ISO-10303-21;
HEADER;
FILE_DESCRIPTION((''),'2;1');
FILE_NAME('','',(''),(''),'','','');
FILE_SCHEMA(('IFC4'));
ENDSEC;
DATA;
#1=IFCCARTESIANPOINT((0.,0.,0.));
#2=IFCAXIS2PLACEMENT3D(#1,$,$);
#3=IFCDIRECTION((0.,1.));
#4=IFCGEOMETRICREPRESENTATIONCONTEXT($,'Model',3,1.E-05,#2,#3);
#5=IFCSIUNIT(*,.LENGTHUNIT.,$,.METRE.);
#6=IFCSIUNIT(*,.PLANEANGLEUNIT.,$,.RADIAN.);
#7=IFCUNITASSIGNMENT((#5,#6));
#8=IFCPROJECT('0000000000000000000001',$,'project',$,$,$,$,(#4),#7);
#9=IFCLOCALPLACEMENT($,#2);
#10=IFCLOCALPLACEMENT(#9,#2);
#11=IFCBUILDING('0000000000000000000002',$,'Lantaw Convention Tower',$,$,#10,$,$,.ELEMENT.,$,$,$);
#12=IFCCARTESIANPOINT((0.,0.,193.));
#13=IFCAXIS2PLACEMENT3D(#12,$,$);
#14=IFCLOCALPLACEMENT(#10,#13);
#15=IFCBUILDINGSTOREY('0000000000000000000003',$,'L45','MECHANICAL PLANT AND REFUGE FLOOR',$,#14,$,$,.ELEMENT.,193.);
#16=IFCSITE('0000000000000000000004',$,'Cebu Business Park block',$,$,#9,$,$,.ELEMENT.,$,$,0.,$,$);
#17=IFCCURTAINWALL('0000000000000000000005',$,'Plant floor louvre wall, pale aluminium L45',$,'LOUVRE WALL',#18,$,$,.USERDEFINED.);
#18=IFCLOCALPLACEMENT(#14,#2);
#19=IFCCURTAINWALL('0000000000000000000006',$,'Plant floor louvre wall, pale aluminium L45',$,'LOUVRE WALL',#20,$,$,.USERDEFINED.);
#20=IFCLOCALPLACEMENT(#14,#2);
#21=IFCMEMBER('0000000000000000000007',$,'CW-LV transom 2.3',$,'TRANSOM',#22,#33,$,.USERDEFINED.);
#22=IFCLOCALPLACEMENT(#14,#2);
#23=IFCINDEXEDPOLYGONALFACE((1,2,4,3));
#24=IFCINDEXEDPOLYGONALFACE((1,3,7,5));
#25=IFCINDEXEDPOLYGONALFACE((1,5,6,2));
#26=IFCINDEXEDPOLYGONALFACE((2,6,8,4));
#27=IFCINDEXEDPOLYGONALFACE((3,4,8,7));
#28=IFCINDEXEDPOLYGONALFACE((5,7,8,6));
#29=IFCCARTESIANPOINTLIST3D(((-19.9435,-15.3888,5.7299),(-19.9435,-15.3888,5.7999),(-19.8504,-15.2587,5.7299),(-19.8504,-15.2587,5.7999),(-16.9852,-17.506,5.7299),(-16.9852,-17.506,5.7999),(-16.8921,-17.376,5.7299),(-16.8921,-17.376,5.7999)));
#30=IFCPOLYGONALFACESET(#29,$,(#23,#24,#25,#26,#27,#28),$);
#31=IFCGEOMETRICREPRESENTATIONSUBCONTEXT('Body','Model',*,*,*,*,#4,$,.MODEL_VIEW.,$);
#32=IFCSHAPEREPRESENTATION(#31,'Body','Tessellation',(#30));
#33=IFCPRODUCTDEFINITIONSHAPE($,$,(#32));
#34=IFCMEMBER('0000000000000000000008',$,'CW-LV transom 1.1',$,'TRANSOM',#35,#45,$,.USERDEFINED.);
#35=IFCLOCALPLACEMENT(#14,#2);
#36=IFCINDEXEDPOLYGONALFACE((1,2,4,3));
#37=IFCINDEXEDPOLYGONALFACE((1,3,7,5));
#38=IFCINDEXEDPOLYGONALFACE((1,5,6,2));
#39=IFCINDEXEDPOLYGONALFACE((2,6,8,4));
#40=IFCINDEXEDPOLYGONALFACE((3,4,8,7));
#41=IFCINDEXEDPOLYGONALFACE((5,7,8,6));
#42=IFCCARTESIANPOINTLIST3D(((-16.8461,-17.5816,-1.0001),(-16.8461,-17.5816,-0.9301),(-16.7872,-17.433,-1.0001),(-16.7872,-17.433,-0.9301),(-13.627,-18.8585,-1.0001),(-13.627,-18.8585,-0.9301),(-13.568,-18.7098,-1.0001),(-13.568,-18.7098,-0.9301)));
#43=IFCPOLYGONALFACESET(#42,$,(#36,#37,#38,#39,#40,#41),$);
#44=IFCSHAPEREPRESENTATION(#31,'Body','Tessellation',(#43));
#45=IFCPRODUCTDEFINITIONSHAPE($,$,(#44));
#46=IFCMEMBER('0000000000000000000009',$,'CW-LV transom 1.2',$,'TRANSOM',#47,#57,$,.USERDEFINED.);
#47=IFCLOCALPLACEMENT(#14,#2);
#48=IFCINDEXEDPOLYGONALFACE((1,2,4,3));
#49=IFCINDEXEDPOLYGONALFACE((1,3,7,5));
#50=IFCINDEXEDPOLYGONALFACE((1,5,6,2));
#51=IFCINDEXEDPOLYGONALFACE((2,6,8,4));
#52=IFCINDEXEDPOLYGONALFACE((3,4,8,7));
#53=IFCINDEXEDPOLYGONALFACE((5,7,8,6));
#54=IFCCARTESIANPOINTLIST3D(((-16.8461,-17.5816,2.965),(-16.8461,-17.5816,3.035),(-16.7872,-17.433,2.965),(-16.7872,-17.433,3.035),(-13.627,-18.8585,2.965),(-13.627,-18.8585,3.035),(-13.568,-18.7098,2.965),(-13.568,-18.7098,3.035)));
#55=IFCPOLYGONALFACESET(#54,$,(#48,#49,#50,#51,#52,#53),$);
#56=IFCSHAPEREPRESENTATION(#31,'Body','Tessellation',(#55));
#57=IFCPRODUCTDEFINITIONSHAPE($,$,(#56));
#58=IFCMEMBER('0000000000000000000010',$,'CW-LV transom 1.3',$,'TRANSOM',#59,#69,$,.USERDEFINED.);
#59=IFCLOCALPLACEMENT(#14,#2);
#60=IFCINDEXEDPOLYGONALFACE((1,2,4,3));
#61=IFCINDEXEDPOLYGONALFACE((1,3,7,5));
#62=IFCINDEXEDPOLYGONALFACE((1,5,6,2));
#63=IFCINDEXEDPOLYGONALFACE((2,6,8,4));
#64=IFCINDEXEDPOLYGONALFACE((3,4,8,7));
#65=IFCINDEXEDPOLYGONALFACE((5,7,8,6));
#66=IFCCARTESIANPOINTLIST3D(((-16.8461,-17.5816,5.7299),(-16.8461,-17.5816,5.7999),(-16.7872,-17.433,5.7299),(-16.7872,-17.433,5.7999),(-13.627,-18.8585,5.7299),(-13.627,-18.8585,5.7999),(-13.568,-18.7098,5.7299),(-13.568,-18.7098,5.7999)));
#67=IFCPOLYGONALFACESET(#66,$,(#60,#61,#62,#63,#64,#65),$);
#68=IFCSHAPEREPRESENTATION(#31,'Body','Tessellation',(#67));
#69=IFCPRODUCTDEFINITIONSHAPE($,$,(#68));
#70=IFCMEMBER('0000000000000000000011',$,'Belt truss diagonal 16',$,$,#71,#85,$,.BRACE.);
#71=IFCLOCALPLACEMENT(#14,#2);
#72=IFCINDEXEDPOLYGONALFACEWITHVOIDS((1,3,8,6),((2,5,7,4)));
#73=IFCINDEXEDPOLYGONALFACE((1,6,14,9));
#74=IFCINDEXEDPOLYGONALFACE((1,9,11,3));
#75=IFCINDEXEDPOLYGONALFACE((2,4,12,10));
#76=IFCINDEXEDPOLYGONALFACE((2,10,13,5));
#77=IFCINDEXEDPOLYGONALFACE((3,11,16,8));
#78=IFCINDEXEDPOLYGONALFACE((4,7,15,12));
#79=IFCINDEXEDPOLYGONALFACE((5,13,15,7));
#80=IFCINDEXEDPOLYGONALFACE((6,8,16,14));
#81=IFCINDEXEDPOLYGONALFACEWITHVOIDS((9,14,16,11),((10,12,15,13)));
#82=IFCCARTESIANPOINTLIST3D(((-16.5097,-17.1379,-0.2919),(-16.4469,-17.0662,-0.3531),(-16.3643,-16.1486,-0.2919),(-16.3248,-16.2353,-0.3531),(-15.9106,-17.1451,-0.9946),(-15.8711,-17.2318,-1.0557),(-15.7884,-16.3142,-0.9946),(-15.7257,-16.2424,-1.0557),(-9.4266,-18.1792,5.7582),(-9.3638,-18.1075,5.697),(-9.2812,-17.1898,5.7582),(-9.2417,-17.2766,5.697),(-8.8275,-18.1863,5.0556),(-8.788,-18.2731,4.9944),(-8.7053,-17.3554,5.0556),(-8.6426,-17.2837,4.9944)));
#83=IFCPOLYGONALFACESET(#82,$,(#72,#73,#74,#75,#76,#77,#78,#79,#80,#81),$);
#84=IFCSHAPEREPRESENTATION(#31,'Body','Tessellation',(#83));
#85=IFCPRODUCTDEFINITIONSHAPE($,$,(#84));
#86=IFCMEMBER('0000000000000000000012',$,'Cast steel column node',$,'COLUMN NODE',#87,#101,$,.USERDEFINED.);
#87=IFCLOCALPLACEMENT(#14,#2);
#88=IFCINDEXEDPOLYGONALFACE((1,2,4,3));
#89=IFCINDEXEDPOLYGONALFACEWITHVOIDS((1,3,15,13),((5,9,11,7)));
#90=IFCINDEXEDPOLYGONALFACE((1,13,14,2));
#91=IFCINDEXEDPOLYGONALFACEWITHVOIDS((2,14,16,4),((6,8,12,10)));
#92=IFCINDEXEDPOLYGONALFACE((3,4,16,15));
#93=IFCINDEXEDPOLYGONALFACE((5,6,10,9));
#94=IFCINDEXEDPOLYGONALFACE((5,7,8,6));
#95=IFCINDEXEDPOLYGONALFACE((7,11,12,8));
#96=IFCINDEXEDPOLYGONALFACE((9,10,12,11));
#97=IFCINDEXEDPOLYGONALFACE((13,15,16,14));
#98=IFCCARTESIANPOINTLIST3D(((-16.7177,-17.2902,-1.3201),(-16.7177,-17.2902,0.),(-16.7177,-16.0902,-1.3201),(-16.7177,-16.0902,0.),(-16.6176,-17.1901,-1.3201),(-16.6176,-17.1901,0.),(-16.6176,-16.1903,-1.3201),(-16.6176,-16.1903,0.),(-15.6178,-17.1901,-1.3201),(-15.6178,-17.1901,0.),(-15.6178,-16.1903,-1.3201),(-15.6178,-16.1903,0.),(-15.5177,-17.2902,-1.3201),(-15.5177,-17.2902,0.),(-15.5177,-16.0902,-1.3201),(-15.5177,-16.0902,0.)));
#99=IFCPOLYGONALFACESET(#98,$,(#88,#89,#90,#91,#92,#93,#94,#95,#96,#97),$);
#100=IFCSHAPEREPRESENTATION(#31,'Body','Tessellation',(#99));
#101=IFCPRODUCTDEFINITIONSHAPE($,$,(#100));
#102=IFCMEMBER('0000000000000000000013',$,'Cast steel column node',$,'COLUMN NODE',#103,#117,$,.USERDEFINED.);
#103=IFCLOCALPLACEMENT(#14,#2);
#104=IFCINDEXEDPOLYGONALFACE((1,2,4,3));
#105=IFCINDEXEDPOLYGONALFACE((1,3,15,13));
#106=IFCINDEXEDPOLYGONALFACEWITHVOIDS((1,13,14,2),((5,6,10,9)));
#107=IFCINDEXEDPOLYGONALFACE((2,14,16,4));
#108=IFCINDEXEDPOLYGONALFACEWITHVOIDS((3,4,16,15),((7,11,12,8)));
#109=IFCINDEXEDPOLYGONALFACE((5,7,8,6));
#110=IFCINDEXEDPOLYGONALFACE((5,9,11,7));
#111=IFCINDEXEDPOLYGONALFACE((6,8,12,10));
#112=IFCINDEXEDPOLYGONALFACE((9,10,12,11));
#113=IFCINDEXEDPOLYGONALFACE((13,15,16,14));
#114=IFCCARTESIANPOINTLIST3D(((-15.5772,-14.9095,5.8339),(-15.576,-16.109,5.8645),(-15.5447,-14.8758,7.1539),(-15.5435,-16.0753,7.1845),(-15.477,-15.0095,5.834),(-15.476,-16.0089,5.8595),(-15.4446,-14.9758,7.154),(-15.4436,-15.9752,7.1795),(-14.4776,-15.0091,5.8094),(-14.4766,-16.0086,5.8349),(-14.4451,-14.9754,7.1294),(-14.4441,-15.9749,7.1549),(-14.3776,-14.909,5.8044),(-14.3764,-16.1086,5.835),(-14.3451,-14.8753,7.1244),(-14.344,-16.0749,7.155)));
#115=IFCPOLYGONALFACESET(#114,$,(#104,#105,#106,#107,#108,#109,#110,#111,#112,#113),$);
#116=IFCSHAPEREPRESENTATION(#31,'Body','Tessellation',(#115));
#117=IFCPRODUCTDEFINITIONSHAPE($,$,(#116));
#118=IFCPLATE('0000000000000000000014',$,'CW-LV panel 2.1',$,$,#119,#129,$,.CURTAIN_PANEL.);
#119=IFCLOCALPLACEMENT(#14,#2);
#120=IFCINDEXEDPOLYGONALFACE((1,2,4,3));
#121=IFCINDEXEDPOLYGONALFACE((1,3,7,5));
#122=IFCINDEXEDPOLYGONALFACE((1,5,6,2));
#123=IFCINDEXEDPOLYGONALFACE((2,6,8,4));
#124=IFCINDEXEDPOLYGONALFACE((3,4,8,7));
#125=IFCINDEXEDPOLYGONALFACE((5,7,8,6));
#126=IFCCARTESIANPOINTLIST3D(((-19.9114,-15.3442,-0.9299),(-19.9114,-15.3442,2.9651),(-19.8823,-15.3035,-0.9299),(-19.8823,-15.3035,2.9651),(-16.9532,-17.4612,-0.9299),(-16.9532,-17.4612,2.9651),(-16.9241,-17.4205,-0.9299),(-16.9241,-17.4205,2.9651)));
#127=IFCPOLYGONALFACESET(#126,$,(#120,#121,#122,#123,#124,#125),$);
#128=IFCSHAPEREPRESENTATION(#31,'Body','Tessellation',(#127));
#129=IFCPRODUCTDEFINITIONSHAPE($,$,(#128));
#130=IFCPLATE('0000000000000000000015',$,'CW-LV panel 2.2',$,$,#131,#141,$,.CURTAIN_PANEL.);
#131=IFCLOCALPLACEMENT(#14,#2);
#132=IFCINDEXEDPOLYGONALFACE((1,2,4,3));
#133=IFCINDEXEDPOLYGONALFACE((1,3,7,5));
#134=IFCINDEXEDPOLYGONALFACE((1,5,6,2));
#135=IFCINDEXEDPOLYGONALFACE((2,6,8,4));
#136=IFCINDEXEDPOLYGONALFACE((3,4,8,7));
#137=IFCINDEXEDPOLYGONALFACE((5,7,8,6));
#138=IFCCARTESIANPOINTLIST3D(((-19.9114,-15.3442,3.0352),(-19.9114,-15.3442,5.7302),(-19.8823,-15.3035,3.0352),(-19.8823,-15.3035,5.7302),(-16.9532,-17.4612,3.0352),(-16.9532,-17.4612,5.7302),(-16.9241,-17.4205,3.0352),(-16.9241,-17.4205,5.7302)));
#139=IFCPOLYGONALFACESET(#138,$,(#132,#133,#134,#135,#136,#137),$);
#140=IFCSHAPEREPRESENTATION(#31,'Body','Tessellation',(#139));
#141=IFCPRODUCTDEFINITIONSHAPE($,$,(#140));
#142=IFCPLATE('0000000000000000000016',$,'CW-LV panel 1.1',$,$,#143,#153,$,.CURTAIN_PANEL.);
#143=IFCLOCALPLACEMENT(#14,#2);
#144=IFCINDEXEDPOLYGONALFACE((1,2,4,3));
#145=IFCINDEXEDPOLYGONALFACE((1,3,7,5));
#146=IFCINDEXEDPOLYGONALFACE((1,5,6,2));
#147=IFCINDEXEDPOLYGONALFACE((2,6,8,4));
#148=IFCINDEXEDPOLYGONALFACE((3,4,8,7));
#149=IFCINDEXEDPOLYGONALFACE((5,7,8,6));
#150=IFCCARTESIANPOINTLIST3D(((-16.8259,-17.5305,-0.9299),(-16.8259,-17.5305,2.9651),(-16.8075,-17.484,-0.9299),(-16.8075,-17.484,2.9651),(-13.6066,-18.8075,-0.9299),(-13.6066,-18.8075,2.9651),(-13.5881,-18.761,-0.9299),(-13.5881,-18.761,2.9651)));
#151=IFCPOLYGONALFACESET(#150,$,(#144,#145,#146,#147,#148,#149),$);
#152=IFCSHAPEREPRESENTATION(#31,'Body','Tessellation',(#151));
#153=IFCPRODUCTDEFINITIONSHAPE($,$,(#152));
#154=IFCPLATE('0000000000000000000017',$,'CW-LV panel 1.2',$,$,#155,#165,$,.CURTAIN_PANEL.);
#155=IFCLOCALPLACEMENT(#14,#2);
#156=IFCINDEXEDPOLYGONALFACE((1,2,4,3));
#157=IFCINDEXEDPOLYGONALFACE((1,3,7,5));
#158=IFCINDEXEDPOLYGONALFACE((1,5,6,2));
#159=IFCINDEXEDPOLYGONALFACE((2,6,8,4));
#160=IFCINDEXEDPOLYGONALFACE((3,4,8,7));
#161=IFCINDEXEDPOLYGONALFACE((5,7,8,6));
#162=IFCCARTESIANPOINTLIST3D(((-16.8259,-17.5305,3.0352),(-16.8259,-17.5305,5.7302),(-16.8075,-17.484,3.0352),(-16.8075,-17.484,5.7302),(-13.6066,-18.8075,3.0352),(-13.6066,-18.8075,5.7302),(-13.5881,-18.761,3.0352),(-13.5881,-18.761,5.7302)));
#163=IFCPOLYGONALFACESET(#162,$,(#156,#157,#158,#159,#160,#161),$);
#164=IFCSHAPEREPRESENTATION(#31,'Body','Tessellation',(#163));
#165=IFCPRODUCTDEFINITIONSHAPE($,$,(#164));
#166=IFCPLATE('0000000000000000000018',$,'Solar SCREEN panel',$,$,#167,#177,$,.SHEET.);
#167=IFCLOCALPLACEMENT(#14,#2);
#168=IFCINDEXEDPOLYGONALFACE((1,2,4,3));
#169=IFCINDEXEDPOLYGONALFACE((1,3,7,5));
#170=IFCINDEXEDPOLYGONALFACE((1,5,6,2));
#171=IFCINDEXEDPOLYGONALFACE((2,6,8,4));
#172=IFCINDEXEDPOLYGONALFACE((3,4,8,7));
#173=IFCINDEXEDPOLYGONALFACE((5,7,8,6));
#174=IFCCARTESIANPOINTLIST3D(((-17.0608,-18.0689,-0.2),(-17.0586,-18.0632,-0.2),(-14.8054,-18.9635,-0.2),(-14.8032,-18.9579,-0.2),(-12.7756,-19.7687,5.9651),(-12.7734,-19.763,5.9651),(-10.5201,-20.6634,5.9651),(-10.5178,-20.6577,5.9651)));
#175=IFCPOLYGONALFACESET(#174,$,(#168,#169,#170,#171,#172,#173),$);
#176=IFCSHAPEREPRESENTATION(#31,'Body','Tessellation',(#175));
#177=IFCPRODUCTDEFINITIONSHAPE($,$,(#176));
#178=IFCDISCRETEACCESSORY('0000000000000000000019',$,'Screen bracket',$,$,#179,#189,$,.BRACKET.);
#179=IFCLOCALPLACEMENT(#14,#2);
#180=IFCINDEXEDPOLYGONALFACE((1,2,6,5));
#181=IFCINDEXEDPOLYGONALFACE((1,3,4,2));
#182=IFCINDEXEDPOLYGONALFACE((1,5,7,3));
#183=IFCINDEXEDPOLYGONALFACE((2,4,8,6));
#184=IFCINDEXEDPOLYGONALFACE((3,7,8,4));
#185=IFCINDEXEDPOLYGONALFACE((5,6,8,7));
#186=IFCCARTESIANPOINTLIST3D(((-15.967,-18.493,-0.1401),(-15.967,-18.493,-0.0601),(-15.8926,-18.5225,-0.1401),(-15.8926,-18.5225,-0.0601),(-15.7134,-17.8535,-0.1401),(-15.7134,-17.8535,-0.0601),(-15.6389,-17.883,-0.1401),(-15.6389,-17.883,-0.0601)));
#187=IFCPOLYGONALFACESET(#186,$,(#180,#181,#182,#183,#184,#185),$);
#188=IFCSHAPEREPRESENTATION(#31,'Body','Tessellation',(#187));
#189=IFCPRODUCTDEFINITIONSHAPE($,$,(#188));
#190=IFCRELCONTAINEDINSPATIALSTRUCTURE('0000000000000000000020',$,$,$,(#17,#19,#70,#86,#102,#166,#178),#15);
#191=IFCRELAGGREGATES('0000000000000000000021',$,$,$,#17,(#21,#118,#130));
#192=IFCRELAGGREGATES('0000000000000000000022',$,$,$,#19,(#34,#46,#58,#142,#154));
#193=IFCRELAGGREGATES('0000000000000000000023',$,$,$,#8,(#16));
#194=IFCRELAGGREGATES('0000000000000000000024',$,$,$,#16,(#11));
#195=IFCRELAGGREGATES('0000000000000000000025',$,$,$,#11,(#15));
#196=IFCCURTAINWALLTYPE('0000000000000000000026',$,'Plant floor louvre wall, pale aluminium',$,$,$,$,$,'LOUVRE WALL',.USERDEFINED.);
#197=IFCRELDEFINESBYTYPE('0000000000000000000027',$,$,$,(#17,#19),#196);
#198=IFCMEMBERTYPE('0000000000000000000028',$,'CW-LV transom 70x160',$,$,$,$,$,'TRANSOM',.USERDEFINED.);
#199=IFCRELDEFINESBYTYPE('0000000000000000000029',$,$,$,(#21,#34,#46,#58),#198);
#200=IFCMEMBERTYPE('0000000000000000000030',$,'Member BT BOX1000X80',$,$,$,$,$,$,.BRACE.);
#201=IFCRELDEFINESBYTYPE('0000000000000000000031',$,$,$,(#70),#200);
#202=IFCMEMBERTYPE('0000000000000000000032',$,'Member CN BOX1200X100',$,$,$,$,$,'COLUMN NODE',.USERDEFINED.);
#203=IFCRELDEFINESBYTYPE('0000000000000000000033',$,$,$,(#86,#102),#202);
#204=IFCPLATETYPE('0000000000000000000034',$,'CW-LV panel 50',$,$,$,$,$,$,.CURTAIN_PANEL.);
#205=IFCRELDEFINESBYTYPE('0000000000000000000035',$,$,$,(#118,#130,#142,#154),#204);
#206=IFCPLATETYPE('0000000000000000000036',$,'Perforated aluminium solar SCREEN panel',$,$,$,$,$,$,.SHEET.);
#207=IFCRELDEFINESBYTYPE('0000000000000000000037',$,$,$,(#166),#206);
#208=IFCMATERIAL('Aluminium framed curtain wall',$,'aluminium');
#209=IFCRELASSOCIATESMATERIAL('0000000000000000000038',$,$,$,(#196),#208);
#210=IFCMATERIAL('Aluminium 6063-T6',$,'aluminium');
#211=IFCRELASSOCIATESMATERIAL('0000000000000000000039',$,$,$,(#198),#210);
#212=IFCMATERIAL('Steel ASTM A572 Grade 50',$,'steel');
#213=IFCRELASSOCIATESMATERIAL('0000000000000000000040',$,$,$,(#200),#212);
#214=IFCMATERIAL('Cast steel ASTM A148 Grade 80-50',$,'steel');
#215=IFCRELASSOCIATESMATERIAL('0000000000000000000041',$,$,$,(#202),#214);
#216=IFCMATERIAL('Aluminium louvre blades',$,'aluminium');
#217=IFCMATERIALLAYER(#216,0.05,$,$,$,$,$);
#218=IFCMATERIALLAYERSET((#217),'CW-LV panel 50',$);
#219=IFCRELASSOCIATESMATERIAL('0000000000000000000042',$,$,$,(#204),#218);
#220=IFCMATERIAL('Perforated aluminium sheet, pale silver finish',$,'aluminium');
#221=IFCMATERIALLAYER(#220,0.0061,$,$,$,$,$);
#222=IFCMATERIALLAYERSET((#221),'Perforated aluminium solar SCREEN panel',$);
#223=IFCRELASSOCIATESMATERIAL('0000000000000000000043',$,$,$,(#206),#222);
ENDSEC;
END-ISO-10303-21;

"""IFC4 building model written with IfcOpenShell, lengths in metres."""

from ifc_helpers import new_model, si_unit, direction, frame, origin, origin_2d, place, context, subcontext, project, spatial, polyline, rectangle, hollow_rectangle, outline, extrude, material, layer, layer_set, material_profile, profile_set, type_object, element, aggregate, save


model = new_model("IFC4")

# Units and contexts
model_context = context("Model", 3, precision=1e-05, world=origin(), true_north=direction((0.0, 1.0)))
body_context = subcontext(model_context, "Body", "Model", "MODEL_VIEW")
ifc_project = project(units=[si_unit("LENGTHUNIT", "METRE"), si_unit("PLANEANGLEUNIT", "RADIAN")], contexts=[model_context])

# Site, building, storey
site_placement = place(None, origin())
site = spatial("IfcSite", under=ifc_project, at=site_placement, Name="Cebu Business Park block", CompositionType="ELEMENT", RefElevation=0.0)
building_placement = place(site_placement, origin())
building = spatial("IfcBuilding", under=site, at=building_placement, Name="Lantaw Convention Tower", CompositionType="ELEMENT")
storey_placement = place(building_placement, frame((0.0, 0.0, 193.0)))
storey = spatial("IfcBuildingStorey", under=building, at=storey_placement, Name="L45", Description="MECHANICAL PLANT AND REFUGE FLOOR", CompositionType="ELEMENT", Elevation=193.0)

# Curtain wall
ifc_material_1 = material(Name="Aluminium framed curtain wall", Category="aluminium")
curtain_wall_type = type_object("IfcCurtainWallType", Name="Plant floor louvre wall, pale aluminium", ElementType="LOUVRE WALL", PredefinedType="USERDEFINED", material=ifc_material_1)
curtain_wall_1_placement = place(storey_placement, origin())
curtain_wall_1 = element("IfcCurtainWall", 1, at=curtain_wall_1_placement, inside=storey, type_object=curtain_wall_type, Name="Plant floor louvre wall, pale aluminium L45", ObjectType="LOUVRE WALL", PredefinedType="USERDEFINED")
ifc_material_2 = material(Name="Aluminium 6063-T6", Category="aluminium")

# Curtain wall
curtain_wall_2_placement = place(storey_placement, origin())
curtain_wall_2 = element("IfcCurtainWall", 2, at=curtain_wall_2_placement, inside=storey, type_object=curtain_wall_type, Name="Plant floor louvre wall, pale aluminium L45", ObjectType="LOUVRE WALL", PredefinedType="USERDEFINED")

# Members
ifc_material_profile_1 = material_profile(ifc_material_2, rectangle(XDim=0.1599, YDim=0.0701, at=origin_2d()), Name="CW-LV transom 70x160")
ifc_profile_set_1 = profile_set([ifc_material_profile_1], Name="Aluminium 6063-T6")
member_type_1 = type_object("IfcMemberType", Name="CW-LV transom 70x160", ElementType="TRANSOM", PredefinedType="USERDEFINED", material=ifc_profile_set_1)
member_1_placement = place(storey_placement, frame((-19.897, -15.3237, 5.7649), z_axis=(0.813194, -0.581993, 0.0), x_axis=(0.581993, 0.813194, 0.0)))
member_1 = element("IfcMember", 3, at=member_1_placement, type_object=member_type_1, Name="CW-LV transom 2.3", ObjectType="TRANSOM", PredefinedType="USERDEFINED", context=body_context, shape_type="SweptSolid", body=[
    extrude(rectangle(XDim=0.1599, YDim=0.0701, at=origin_2d()), origin(), (0.0, 0.0, 1.0), 3.6379),
])
member_2_placement = place(storey_placement, frame((-16.8167, -17.5073, -0.9651), z_axis=(0.929552, -0.368691, 0.0), x_axis=(0.368691, 0.929552, 0.0)))
member_2 = element("IfcMember", 4, at=member_2_placement, type_object=member_type_1, Name="CW-LV transom 1.1", ObjectType="TRANSOM", PredefinedType="USERDEFINED", context=body_context, shape_type="SweptSolid", body=[
    extrude(rectangle(XDim=0.1599, YDim=0.0701, at=origin_2d()), origin(), (0.0, 0.0, 1.0), 3.4631),
])
member_3_placement = place(storey_placement, frame((-16.8167, -17.5073, 3.0), z_axis=(0.929552, -0.368691, 0.0), x_axis=(0.368691, 0.929552, 0.0)))
member_3 = element("IfcMember", 5, at=member_3_placement, type_object=member_type_1, Name="CW-LV transom 1.2", ObjectType="TRANSOM", PredefinedType="USERDEFINED", context=body_context, shape_type="SweptSolid", body=[
    extrude(rectangle(XDim=0.1599, YDim=0.0701, at=origin_2d()), origin(), (0.0, 0.0, 1.0), 3.4631),
])
member_4_placement = place(storey_placement, frame((-16.8167, -17.5073, 5.7649), z_axis=(0.929552, -0.368691, 0.0), x_axis=(0.368691, 0.929552, 0.0)))
member_4 = element("IfcMember", 6, at=member_4_placement, type_object=member_type_1, Name="CW-LV transom 1.3", ObjectType="TRANSOM", PredefinedType="USERDEFINED", context=body_context, shape_type="SweptSolid", body=[
    extrude(rectangle(XDim=0.1599, YDim=0.0701, at=origin_2d()), origin(), (0.0, 0.0, 1.0), 3.4631),
])

# Members
ifc_material_3 = material(Name="Steel ASTM A572 Grade 50", Category="steel")
ifc_material_profile_2 = material_profile(ifc_material_3, hollow_rectangle(XDim=1.0, YDim=1.0, WallThickness=0.0801, at=origin_2d()), Name="BOX1000X80")
ifc_profile_set_2 = profile_set([ifc_material_profile_2], Name="Steel ASTM A572 Grade 50")
member_type_2 = type_object("IfcMemberType", Name="Member BT BOX1000X80", PredefinedType="BRACE", material=ifc_profile_set_2)
member_5_placement = place(storey_placement, frame((-16.1177, -16.6902, -0.6738), z_axis=(0.755668, -0.111089, 0.645465), x_axis=(0.145445, 0.989366, 0.0)))
element("IfcMember", 7, at=member_5_placement, inside=storey, type_object=member_type_2, Name="Belt truss diagonal 16", PredefinedType="BRACE", context=body_context, shape_type="SweptSolid", body=[
    extrude(hollow_rectangle(XDim=1.0, YDim=1.0, WallThickness=0.0801, at=origin_2d()), origin(), (0.0, 0.0, 1.0), 9.3733),
])
ifc_material_4 = material(Name="Cast steel ASTM A148 Grade 80-50", Category="steel")
ifc_material_profile_3 = material_profile(ifc_material_4, hollow_rectangle(XDim=1.2, YDim=1.2, WallThickness=0.1001, at=origin_2d()), Name="BOX1200X100")
ifc_profile_set_3 = profile_set([ifc_material_profile_3], Name="Cast steel ASTM A148 Grade 80-50")
member_type_3 = type_object("IfcMemberType", Name="Member CN BOX1200X100", ElementType="COLUMN NODE", PredefinedType="USERDEFINED", material=ifc_profile_set_3)
member_6_placement = place(storey_placement, frame((-16.1177, -16.6902, -1.3201), z_axis=(0.0, 0.0, 1.0), x_axis=(1.0, 0.0, 0.0)))
element("IfcMember", 8, at=member_6_placement, inside=storey, type_object=member_type_3, Name="Cast steel column node", ObjectType="COLUMN NODE", PredefinedType="USERDEFINED", context=body_context, shape_type="SweptSolid", body=[
    extrude(hollow_rectangle(XDim=1.2, YDim=1.2, WallThickness=0.1001, at=origin_2d()), origin(), (0.0, 0.0, 1.0), 1.3201),
])
member_7_placement = place(storey_placement, frame((-14.9768, -15.509, 5.8345), z_axis=(0.024582, 0.025506, 0.999372), x_axis=(0.999697, 0.000359, -0.024599)))
element("IfcMember", 9, at=member_7_placement, inside=storey, type_object=member_type_3, Name="Cast steel column node", ObjectType="COLUMN NODE", PredefinedType="USERDEFINED", context=body_context, shape_type="SweptSolid", body=[
    extrude(hollow_rectangle(XDim=1.2, YDim=1.2, WallThickness=0.1001, at=origin_2d()), origin(), (0.0, 0.0, 1.0), 1.3208),
])

# Plates
ifc_material_5 = material(Name="Aluminium louvre blades", Category="aluminium")
ifc_layer_1 = layer(ifc_material_5, 0.05)
ifc_layer_set_1 = layer_set([ifc_layer_1], Name="CW-LV panel 50")
plate_type_1 = type_object("IfcPlateType", Name="CW-LV panel 50", PredefinedType="CURTAIN_PANEL", material=ifc_layer_set_1)
plate_1_placement = place(storey_placement, frame((-18.4177, -16.3823, -0.9299), z_axis=(0.0, 0.0, 1.0), x_axis=(0.813208, -0.581973, 0.0)))
plate_1 = element("IfcPlate", 10, at=plate_1_placement, type_object=plate_type_1, Name="CW-LV panel 2.1", PredefinedType="CURTAIN_PANEL", context=body_context, shape_type="SweptSolid", body=[
    extrude(rectangle(XDim=3.6377, YDim=0.05, at=origin_2d()), origin(), (0.0, 0.0, 1.0), 3.895),
])
plate_2_placement = place(storey_placement, frame((-18.4177, -16.3823, 3.0352), z_axis=(0.0, 0.0, 1.0), x_axis=(0.813208, -0.581973, 0.0)))
plate_2 = element("IfcPlate", 11, at=plate_2_placement, type_object=plate_type_1, Name="CW-LV panel 2.2", PredefinedType="CURTAIN_PANEL", context=body_context, shape_type="SweptSolid", body=[
    extrude(rectangle(XDim=3.6377, YDim=0.05, at=origin_2d()), origin(), (0.0, 0.0, 1.0), 2.6951),
])
aggregate(curtain_wall_1, [member_1, plate_1, plate_2])
plate_3_placement = place(storey_placement, frame((-15.207, -18.1458, -0.9299), z_axis=(0.0, 0.0, 1.0), x_axis=(0.929548, -0.368702, 0.0)))
plate_3 = element("IfcPlate", 12, at=plate_3_placement, type_object=plate_type_1, Name="CW-LV panel 1.1", PredefinedType="CURTAIN_PANEL", context=body_context, shape_type="SweptSolid", body=[
    extrude(rectangle(XDim=3.4634, YDim=0.05, at=origin_2d()), origin(), (0.0, 0.0, 1.0), 3.895),
])
plate_4_placement = place(storey_placement, frame((-15.207, -18.1458, 3.0352), z_axis=(0.0, 0.0, 1.0), x_axis=(0.929548, -0.368702, 0.0)))
plate_4 = element("IfcPlate", 13, at=plate_4_placement, type_object=plate_type_1, Name="CW-LV panel 1.2", PredefinedType="CURTAIN_PANEL", context=body_context, shape_type="SweptSolid", body=[
    extrude(rectangle(XDim=3.4634, YDim=0.05, at=origin_2d()), origin(), (0.0, 0.0, 1.0), 2.6951),
])
aggregate(curtain_wall_2, [member_2, member_3, member_4, plate_3, plate_4])
ifc_material_6 = material(Name="Perforated aluminium sheet, pale silver finish", Category="aluminium")
ifc_layer_2 = layer(ifc_material_6, 0.0061)
ifc_layer_set_2 = layer_set([ifc_layer_2], Name="Perforated aluminium solar SCREEN panel")
plate_type_2 = type_object("IfcPlateType", Name="Perforated aluminium solar SCREEN panel", PredefinedType="SHEET", material=ifc_layer_set_2)
plate_5_placement = place(storey_placement, frame((-17.0586, -18.0632, -0.2), z_axis=(0.368709, 0.929545, 0.000008), x_axis=(0.929545, -0.368709, 0.0)))
element("IfcPlate", 14, at=plate_5_placement, inside=storey, type_object=plate_type_2, Name="Solar SCREEN panel", PredefinedType="SHEET", context=body_context, shape_type="SweptSolid", body=[
    extrude(outline(polyline([(0.0, 0.0), (2.4264, 0.0), (7.0365, -6.165), (4.61, -6.165), (0.0, 0.0)])), origin(), (0.0, 0.0, -1.0), 0.0061),
])

# Discrete accessory
discrete_accessory_placement = place(storey_placement, frame((-15.803, -18.188, -0.1401), z_axis=(0.0, 0.0, 1.0), x_axis=(0.929548, -0.368702, 0.0)))
element("IfcDiscreteAccessory", 15, at=discrete_accessory_placement, inside=storey, Name="Screen bracket", PredefinedType="BRACKET", context=body_context, shape_type="SweptSolid", body=[
    extrude(rectangle(XDim=0.0801, YDim=0.688, at=origin_2d()), origin(), (0.0, 0.0, 1.0), 0.0801),
])

save(model, "model.ifc")
